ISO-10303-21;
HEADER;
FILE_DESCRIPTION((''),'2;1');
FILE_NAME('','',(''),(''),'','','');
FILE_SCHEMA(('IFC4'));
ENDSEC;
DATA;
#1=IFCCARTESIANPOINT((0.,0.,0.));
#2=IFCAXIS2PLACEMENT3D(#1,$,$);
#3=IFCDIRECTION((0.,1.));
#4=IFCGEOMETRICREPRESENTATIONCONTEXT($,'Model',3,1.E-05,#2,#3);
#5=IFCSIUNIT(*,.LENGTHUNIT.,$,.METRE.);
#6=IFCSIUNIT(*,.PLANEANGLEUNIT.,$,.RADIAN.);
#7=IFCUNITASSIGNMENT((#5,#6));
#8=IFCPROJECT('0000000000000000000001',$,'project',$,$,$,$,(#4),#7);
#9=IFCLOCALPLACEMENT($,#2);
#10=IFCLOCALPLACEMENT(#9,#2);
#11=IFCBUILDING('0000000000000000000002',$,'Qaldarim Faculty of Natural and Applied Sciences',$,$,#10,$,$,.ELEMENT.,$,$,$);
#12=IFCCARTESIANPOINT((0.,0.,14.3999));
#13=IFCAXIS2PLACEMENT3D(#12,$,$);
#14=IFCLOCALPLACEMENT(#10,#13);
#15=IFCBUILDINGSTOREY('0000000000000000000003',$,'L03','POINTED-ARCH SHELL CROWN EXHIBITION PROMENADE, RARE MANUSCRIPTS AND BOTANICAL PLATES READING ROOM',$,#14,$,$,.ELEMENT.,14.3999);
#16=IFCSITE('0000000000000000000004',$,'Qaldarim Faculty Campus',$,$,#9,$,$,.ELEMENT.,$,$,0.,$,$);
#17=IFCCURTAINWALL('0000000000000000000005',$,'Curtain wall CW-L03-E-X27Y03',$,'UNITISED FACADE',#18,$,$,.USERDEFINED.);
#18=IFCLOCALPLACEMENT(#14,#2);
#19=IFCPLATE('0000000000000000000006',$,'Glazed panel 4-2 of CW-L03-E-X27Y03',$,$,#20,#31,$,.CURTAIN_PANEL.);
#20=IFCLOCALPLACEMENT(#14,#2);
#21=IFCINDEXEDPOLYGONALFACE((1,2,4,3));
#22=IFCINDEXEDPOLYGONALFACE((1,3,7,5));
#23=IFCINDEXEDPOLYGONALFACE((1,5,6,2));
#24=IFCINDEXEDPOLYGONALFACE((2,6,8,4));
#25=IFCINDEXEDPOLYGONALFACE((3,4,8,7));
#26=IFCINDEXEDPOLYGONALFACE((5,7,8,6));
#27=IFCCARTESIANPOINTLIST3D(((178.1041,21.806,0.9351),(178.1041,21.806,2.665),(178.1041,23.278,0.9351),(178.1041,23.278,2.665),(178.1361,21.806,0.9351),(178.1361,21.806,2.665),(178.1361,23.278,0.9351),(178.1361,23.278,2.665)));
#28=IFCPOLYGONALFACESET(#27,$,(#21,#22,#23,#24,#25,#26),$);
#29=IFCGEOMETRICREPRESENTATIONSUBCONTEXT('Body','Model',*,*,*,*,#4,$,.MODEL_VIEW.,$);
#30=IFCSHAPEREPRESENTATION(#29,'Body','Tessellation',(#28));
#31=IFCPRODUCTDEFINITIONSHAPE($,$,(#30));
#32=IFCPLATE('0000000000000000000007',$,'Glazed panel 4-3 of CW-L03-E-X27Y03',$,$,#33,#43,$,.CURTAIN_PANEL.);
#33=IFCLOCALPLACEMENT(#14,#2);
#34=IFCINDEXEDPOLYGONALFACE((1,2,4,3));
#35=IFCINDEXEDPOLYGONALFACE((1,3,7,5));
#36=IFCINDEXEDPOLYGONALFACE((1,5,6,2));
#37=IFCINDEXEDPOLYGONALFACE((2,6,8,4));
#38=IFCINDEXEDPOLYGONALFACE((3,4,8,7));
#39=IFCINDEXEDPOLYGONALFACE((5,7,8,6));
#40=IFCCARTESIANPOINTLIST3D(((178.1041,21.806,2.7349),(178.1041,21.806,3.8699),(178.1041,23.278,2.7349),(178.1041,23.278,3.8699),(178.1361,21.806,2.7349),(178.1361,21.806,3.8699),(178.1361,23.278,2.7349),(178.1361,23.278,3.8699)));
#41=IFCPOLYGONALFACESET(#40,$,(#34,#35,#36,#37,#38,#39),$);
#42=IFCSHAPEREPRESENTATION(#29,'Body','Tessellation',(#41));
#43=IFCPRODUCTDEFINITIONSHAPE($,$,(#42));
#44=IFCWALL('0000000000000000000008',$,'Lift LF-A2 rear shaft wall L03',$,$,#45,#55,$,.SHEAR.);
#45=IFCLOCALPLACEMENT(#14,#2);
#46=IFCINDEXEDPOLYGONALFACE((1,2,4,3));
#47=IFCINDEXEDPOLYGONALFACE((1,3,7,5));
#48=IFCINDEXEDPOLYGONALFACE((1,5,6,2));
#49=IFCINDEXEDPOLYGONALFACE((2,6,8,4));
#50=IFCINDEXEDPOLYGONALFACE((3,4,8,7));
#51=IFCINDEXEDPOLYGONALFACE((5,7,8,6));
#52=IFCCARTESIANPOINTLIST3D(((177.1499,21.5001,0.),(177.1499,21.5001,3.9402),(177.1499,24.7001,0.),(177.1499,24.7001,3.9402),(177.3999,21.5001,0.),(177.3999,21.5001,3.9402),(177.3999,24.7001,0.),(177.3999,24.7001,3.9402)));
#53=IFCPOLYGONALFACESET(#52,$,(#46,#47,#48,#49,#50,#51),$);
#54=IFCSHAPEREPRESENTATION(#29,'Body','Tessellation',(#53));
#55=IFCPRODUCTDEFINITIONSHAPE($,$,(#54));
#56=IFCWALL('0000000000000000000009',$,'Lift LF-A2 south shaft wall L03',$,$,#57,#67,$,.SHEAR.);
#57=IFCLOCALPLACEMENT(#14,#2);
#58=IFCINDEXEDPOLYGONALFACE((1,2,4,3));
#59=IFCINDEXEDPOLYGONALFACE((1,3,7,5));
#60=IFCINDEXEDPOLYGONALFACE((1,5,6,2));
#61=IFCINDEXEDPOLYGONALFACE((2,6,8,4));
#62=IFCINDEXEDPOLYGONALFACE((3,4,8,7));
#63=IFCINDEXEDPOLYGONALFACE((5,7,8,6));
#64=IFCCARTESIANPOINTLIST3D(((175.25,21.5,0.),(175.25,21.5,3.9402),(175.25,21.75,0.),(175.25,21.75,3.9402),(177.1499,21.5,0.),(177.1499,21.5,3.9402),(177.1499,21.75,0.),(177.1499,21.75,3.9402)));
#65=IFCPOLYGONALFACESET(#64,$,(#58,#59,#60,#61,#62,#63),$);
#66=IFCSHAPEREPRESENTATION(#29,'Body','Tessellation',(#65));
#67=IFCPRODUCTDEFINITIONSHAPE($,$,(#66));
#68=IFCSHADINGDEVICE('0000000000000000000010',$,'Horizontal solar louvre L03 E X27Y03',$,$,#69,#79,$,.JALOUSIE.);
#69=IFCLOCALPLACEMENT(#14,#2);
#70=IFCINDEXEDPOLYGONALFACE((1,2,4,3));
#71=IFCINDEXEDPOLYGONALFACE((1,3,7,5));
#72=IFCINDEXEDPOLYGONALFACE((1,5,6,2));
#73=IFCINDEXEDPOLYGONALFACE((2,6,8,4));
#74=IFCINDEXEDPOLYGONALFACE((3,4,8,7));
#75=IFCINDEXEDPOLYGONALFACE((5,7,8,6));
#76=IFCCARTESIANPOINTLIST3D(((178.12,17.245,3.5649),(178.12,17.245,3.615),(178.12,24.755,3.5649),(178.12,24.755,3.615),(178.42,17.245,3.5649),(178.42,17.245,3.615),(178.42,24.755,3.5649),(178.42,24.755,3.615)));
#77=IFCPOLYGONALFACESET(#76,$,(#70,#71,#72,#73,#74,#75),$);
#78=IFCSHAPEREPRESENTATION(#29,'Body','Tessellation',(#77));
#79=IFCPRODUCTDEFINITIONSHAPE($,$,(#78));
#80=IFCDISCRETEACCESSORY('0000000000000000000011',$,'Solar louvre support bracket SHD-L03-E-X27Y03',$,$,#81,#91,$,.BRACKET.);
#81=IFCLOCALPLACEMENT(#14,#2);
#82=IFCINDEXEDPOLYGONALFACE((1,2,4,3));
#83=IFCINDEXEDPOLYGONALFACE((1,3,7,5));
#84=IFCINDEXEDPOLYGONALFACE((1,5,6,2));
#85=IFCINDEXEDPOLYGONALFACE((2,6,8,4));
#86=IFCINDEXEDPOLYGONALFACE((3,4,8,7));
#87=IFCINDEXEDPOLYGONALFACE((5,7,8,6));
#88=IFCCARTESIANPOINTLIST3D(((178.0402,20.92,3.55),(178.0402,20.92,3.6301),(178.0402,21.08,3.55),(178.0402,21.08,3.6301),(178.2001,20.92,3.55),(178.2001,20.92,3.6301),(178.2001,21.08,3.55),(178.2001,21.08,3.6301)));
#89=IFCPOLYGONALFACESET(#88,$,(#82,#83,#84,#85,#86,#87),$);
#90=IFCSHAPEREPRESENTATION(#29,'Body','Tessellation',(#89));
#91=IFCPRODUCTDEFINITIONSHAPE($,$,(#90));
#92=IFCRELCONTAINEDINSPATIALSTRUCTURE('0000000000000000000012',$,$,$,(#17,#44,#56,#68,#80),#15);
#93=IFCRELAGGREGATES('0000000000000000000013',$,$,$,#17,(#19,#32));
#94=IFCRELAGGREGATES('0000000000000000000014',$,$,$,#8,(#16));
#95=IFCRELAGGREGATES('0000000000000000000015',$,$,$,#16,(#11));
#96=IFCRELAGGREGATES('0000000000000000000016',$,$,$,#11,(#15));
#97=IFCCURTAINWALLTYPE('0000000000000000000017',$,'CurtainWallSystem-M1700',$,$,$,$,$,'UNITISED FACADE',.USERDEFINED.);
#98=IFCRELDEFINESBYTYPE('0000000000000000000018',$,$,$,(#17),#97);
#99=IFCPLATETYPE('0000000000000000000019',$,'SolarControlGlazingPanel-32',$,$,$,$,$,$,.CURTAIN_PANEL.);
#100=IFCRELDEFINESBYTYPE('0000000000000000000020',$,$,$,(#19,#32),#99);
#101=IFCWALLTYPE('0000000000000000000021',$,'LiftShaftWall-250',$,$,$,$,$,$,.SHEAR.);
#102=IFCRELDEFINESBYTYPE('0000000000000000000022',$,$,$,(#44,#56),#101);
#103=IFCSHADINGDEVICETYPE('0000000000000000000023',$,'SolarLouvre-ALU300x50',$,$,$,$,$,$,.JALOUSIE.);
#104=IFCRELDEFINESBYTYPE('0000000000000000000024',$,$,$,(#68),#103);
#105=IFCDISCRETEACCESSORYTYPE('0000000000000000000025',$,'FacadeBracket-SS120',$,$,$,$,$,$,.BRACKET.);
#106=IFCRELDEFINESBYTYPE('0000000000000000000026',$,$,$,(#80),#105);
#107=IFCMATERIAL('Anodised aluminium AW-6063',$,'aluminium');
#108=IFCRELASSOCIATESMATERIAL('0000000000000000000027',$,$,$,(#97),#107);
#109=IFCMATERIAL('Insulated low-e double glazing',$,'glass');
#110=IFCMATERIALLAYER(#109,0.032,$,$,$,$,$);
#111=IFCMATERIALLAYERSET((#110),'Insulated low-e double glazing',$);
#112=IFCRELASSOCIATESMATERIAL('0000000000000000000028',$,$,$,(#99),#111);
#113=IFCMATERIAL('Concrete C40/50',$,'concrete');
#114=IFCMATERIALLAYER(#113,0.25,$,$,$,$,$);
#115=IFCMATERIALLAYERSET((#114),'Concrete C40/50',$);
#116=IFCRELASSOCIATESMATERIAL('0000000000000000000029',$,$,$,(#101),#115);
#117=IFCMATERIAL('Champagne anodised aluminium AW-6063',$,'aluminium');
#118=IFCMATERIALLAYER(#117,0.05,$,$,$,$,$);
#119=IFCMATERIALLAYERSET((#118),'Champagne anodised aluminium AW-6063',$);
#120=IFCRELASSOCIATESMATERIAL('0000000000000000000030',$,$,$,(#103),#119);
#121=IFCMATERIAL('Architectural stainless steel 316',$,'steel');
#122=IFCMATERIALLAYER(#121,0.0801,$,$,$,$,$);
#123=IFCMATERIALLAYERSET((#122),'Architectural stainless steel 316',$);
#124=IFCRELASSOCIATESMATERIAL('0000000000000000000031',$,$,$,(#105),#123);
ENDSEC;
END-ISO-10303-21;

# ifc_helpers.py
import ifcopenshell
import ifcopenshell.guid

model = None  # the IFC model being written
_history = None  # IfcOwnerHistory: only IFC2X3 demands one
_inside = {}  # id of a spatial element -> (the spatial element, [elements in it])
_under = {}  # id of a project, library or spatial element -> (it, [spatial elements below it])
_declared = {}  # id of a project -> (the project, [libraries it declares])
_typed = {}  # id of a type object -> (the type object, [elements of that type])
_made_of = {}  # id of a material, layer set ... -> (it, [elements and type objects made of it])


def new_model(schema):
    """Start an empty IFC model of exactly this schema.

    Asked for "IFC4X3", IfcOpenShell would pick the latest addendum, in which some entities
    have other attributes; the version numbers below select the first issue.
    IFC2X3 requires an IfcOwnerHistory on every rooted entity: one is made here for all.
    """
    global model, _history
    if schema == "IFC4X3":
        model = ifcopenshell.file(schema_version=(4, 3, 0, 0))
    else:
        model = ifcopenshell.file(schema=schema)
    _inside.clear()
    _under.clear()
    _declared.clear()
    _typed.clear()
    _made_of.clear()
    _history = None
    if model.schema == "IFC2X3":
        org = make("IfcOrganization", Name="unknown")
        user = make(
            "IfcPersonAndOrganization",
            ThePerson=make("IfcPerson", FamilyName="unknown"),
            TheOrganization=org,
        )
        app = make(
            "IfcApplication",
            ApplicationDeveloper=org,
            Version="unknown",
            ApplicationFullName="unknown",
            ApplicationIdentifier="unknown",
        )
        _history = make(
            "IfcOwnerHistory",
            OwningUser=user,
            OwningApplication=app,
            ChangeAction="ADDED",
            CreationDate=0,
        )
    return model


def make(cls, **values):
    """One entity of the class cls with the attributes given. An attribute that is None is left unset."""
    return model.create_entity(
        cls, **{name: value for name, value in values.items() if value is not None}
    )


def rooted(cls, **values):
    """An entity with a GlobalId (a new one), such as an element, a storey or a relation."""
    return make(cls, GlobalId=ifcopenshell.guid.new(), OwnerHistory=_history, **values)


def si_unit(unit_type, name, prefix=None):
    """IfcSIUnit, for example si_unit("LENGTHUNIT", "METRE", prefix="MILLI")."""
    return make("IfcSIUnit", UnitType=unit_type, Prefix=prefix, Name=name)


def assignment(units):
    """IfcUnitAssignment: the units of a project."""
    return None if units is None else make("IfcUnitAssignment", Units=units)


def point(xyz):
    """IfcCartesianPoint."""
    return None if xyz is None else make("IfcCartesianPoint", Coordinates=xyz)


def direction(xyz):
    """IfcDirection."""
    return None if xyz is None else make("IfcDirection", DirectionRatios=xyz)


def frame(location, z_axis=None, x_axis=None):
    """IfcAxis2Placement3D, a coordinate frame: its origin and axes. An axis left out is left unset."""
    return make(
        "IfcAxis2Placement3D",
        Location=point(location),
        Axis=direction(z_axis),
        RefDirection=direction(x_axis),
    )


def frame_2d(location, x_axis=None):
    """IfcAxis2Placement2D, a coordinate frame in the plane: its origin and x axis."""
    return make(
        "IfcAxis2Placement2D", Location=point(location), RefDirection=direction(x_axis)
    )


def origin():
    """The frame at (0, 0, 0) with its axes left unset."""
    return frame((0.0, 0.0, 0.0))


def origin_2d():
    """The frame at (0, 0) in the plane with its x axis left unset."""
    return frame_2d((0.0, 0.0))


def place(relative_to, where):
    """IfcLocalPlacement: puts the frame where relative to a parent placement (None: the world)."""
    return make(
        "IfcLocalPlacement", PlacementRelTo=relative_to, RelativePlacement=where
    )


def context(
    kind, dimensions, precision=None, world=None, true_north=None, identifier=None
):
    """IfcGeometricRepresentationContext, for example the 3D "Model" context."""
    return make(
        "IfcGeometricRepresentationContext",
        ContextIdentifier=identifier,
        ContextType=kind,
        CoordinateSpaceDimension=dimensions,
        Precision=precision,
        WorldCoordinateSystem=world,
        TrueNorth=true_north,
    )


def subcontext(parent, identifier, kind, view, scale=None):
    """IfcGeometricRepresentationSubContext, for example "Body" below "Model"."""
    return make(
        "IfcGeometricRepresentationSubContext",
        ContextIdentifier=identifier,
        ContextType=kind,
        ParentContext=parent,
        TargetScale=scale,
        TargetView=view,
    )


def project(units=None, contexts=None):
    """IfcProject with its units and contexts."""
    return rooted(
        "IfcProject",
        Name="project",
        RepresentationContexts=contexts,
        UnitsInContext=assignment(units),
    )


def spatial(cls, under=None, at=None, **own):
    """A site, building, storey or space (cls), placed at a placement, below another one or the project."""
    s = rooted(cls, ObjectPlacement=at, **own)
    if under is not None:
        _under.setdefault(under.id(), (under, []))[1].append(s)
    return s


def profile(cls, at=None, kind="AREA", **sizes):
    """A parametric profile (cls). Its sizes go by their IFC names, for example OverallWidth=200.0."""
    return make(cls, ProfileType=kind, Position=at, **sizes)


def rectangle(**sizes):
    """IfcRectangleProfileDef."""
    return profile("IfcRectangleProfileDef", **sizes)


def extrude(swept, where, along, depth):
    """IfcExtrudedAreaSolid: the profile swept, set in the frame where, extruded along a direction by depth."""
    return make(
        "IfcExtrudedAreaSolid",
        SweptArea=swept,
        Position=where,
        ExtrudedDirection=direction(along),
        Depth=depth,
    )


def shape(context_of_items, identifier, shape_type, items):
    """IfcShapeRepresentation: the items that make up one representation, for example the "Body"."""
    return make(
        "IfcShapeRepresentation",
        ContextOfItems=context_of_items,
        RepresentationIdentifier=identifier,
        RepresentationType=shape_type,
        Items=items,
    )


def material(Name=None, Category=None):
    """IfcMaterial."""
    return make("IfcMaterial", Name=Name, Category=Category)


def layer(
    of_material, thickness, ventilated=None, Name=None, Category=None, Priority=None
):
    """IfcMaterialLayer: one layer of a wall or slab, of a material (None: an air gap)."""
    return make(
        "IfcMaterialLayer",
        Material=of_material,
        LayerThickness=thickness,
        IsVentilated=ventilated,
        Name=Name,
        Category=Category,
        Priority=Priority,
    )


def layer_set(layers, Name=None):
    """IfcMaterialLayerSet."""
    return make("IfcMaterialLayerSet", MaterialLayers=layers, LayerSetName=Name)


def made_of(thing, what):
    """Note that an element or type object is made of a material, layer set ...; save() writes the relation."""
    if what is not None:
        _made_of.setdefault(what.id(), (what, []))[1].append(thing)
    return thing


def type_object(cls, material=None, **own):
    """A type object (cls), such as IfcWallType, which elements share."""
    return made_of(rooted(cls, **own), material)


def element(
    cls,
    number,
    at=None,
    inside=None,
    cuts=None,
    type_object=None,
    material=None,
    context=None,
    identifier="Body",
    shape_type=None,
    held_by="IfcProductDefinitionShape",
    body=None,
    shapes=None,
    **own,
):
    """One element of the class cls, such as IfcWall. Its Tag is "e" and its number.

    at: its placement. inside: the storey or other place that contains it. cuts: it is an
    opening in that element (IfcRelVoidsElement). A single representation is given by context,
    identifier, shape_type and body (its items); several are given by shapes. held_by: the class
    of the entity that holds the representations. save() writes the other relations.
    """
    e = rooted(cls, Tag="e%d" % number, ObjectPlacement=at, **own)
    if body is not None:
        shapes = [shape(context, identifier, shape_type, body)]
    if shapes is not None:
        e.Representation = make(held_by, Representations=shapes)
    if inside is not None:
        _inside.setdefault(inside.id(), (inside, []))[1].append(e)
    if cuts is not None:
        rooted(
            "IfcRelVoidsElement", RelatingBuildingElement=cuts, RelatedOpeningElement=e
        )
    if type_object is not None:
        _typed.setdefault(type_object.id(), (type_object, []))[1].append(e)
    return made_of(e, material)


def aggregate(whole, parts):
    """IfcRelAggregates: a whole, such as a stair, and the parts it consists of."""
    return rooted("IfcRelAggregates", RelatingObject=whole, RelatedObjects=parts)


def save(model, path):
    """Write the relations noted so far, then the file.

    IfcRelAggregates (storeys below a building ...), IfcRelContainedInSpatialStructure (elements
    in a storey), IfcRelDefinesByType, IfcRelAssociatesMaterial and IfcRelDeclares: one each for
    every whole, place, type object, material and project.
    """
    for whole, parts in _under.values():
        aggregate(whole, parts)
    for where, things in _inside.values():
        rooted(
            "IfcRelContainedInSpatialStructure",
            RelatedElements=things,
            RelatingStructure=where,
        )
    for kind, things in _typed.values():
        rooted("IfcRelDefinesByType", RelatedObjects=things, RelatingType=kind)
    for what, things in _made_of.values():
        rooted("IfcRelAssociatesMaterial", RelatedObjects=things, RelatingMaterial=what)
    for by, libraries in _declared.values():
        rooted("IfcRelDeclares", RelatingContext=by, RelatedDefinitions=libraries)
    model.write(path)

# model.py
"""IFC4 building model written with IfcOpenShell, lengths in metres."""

from ifc_helpers import new_model, si_unit, direction, frame, frame_2d, origin, origin_2d, place, context, subcontext, project, spatial, rectangle, extrude, material, layer, layer_set, type_object, element, aggregate, save


model = new_model("IFC4")

# Units and contexts
model_context = context("Model", 3, precision=1e-05, world=origin(), true_north=direction((0.0, 1.0)))
body_context = subcontext(model_context, "Body", "Model", "MODEL_VIEW")
ifc_project = project(units=[si_unit("LENGTHUNIT", "METRE"), si_unit("PLANEANGLEUNIT", "RADIAN")], contexts=[model_context])

# Site, building, storey
site_placement = place(None, origin())
site = spatial("IfcSite", under=ifc_project, at=site_placement, Name="Qaldarim Faculty Campus", CompositionType="ELEMENT", RefElevation=0.0)
building_placement = place(site_placement, origin())
building = spatial("IfcBuilding", under=site, at=building_placement, Name="Qaldarim Faculty of Natural and Applied Sciences", CompositionType="ELEMENT")
storey_placement = place(building_placement, frame((0.0, 0.0, 14.3999)))
storey = spatial("IfcBuildingStorey", under=building, at=storey_placement, Name="L03", Description="POINTED-ARCH SHELL CROWN EXHIBITION PROMENADE, RARE MANUSCRIPTS AND BOTANICAL PLATES READING ROOM", CompositionType="ELEMENT", Elevation=14.3999)

# Curtain wall, plates
ifc_material_1 = material(Name="Anodised aluminium AW-6063", Category="aluminium")
curtain_wall_type = type_object("IfcCurtainWallType", Name="CurtainWallSystem-M1700", ElementType="UNITISED FACADE", PredefinedType="USERDEFINED", material=ifc_material_1)
curtain_wall_placement = place(storey_placement, origin())
curtain_wall = element("IfcCurtainWall", 1, at=curtain_wall_placement, inside=storey, type_object=curtain_wall_type, Name="Curtain wall CW-L03-E-X27Y03", ObjectType="UNITISED FACADE", PredefinedType="USERDEFINED")
ifc_material_2 = material(Name="Insulated low-e double glazing", Category="glass")
ifc_layer_1 = layer(ifc_material_2, 0.032)
ifc_layer_set_1 = layer_set([ifc_layer_1], Name="Insulated low-e double glazing")
plate_type = type_object("IfcPlateType", Name="SolarControlGlazingPanel-32", PredefinedType="CURTAIN_PANEL", material=ifc_layer_set_1)
plate_1_placement = place(storey_placement, frame((178.1201, 22.542, 0.9351), z_axis=(0.0, 0.0, 1.0), x_axis=(0.0, 1.0, 0.0)))
plate_1 = element("IfcPlate", 2, at=plate_1_placement, type_object=plate_type, Name="Glazed panel 4-2 of CW-L03-E-X27Y03", PredefinedType="CURTAIN_PANEL", context=body_context, shape_type="SweptSolid", body=[
    extrude(rectangle(XDim=1.4719, YDim=0.032, at=origin_2d()), origin(), (0.0, 0.0, 1.0), 1.73),
])
plate_2_placement = place(storey_placement, frame((178.1201, 22.542, 2.7349), z_axis=(0.0, 0.0, 1.0), x_axis=(0.0, 1.0, 0.0)))
plate_2 = element("IfcPlate", 3, at=plate_2_placement, type_object=plate_type, Name="Glazed panel 4-3 of CW-L03-E-X27Y03", PredefinedType="CURTAIN_PANEL", context=body_context, shape_type="SweptSolid", body=[
    extrude(rectangle(XDim=1.4719, YDim=0.032, at=origin_2d()), origin(), (0.0, 0.0, 1.0), 1.135),
])
aggregate(curtain_wall, [plate_1, plate_2])

# Shared definitions
ifc_material_3 = material(Name="Concrete C40/50", Category="concrete")
ifc_layer_2 = layer(ifc_material_3, 0.25)
ifc_layer_set_2 = layer_set([ifc_layer_2], Name="Concrete C40/50")
wall_type = type_object("IfcWallType", Name="LiftShaftWall-250", PredefinedType="SHEAR", material=ifc_layer_set_2)
ifc_material_4 = material(Name="Architectural stainless steel 316", Category="steel")

# Walls
wall_1_placement = place(storey_placement, frame((177.2749, 21.5, 0.0), z_axis=(0.0, 0.0, 1.0), x_axis=(0.0, 1.0, 0.0)))
element("IfcWall", 4, at=wall_1_placement, inside=storey, type_object=wall_type, Name="Lift LF-A2 rear shaft wall L03", PredefinedType="SHEAR", context=body_context, shape_type="SweptSolid", body=[
    extrude(rectangle(XDim=3.2, YDim=0.25, at=frame_2d((1.6001, 0.0))), origin(), (0.0, 0.0, 1.0), 3.9402),
])
wall_2_placement = place(storey_placement, frame((175.25, 21.625, 0.0), z_axis=(0.0, 0.0, 1.0), x_axis=(1.0, 0.0, 0.0)))
element("IfcWall", 5, at=wall_2_placement, inside=storey, type_object=wall_type, Name="Lift LF-A2 south shaft wall L03", PredefinedType="SHEAR", context=body_context, shape_type="SweptSolid", body=[
    extrude(rectangle(XDim=1.8999, YDim=0.25, at=frame_2d((0.95, 0.0))), origin(), (0.0, 0.0, 1.0), 3.9402),
])

# Shading device
ifc_material_5 = material(Name="Champagne anodised aluminium AW-6063", Category="aluminium")
ifc_layer_3 = layer(ifc_material_5, 0.05)
ifc_layer_set_3 = layer_set([ifc_layer_3], Name="Champagne anodised aluminium AW-6063")
shading_device_type = type_object("IfcShadingDeviceType", Name="SolarLouvre-ALU300x50", PredefinedType="JALOUSIE", material=ifc_layer_set_3)
shading_device_placement = place(storey_placement, frame((178.27, 21.0, 3.5649), z_axis=(0.0, 0.0, 1.0), x_axis=(0.0, 1.0, 0.0)))
element("IfcShadingDevice", 6, at=shading_device_placement, inside=storey, type_object=shading_device_type, Name="Horizontal solar louvre L03 E X27Y03", PredefinedType="JALOUSIE", context=body_context, shape_type="SweptSolid", body=[
    extrude(rectangle(XDim=7.51, YDim=0.3, at=origin_2d()), origin(), (0.0, 0.0, 1.0), 0.05),
])

# Discrete accessory
ifc_layer_4 = layer(ifc_material_4, 0.0801)
ifc_layer_set_4 = layer_set([ifc_layer_4], Name="Architectural stainless steel 316")
discrete_accessory_type = type_object("IfcDiscreteAccessoryType", Name="FacadeBracket-SS120", PredefinedType="BRACKET", material=ifc_layer_set_4)
discrete_accessory_placement = place(storey_placement, frame((178.1201, 21.0, 3.55), z_axis=(0.0, 0.0, 1.0), x_axis=(0.0, 1.0, 0.0)))
element("IfcDiscreteAccessory", 7, at=discrete_accessory_placement, inside=storey, type_object=discrete_accessory_type, Name="Solar louvre support bracket SHD-L03-E-X27Y03", PredefinedType="BRACKET", context=body_context, shape_type="SweptSolid", body=[
    extrude(rectangle(XDim=0.1599, YDim=0.1599, at=origin_2d()), origin(), (0.0, 0.0, 1.0), 0.0801),
])

save(model, "model.ifc")
